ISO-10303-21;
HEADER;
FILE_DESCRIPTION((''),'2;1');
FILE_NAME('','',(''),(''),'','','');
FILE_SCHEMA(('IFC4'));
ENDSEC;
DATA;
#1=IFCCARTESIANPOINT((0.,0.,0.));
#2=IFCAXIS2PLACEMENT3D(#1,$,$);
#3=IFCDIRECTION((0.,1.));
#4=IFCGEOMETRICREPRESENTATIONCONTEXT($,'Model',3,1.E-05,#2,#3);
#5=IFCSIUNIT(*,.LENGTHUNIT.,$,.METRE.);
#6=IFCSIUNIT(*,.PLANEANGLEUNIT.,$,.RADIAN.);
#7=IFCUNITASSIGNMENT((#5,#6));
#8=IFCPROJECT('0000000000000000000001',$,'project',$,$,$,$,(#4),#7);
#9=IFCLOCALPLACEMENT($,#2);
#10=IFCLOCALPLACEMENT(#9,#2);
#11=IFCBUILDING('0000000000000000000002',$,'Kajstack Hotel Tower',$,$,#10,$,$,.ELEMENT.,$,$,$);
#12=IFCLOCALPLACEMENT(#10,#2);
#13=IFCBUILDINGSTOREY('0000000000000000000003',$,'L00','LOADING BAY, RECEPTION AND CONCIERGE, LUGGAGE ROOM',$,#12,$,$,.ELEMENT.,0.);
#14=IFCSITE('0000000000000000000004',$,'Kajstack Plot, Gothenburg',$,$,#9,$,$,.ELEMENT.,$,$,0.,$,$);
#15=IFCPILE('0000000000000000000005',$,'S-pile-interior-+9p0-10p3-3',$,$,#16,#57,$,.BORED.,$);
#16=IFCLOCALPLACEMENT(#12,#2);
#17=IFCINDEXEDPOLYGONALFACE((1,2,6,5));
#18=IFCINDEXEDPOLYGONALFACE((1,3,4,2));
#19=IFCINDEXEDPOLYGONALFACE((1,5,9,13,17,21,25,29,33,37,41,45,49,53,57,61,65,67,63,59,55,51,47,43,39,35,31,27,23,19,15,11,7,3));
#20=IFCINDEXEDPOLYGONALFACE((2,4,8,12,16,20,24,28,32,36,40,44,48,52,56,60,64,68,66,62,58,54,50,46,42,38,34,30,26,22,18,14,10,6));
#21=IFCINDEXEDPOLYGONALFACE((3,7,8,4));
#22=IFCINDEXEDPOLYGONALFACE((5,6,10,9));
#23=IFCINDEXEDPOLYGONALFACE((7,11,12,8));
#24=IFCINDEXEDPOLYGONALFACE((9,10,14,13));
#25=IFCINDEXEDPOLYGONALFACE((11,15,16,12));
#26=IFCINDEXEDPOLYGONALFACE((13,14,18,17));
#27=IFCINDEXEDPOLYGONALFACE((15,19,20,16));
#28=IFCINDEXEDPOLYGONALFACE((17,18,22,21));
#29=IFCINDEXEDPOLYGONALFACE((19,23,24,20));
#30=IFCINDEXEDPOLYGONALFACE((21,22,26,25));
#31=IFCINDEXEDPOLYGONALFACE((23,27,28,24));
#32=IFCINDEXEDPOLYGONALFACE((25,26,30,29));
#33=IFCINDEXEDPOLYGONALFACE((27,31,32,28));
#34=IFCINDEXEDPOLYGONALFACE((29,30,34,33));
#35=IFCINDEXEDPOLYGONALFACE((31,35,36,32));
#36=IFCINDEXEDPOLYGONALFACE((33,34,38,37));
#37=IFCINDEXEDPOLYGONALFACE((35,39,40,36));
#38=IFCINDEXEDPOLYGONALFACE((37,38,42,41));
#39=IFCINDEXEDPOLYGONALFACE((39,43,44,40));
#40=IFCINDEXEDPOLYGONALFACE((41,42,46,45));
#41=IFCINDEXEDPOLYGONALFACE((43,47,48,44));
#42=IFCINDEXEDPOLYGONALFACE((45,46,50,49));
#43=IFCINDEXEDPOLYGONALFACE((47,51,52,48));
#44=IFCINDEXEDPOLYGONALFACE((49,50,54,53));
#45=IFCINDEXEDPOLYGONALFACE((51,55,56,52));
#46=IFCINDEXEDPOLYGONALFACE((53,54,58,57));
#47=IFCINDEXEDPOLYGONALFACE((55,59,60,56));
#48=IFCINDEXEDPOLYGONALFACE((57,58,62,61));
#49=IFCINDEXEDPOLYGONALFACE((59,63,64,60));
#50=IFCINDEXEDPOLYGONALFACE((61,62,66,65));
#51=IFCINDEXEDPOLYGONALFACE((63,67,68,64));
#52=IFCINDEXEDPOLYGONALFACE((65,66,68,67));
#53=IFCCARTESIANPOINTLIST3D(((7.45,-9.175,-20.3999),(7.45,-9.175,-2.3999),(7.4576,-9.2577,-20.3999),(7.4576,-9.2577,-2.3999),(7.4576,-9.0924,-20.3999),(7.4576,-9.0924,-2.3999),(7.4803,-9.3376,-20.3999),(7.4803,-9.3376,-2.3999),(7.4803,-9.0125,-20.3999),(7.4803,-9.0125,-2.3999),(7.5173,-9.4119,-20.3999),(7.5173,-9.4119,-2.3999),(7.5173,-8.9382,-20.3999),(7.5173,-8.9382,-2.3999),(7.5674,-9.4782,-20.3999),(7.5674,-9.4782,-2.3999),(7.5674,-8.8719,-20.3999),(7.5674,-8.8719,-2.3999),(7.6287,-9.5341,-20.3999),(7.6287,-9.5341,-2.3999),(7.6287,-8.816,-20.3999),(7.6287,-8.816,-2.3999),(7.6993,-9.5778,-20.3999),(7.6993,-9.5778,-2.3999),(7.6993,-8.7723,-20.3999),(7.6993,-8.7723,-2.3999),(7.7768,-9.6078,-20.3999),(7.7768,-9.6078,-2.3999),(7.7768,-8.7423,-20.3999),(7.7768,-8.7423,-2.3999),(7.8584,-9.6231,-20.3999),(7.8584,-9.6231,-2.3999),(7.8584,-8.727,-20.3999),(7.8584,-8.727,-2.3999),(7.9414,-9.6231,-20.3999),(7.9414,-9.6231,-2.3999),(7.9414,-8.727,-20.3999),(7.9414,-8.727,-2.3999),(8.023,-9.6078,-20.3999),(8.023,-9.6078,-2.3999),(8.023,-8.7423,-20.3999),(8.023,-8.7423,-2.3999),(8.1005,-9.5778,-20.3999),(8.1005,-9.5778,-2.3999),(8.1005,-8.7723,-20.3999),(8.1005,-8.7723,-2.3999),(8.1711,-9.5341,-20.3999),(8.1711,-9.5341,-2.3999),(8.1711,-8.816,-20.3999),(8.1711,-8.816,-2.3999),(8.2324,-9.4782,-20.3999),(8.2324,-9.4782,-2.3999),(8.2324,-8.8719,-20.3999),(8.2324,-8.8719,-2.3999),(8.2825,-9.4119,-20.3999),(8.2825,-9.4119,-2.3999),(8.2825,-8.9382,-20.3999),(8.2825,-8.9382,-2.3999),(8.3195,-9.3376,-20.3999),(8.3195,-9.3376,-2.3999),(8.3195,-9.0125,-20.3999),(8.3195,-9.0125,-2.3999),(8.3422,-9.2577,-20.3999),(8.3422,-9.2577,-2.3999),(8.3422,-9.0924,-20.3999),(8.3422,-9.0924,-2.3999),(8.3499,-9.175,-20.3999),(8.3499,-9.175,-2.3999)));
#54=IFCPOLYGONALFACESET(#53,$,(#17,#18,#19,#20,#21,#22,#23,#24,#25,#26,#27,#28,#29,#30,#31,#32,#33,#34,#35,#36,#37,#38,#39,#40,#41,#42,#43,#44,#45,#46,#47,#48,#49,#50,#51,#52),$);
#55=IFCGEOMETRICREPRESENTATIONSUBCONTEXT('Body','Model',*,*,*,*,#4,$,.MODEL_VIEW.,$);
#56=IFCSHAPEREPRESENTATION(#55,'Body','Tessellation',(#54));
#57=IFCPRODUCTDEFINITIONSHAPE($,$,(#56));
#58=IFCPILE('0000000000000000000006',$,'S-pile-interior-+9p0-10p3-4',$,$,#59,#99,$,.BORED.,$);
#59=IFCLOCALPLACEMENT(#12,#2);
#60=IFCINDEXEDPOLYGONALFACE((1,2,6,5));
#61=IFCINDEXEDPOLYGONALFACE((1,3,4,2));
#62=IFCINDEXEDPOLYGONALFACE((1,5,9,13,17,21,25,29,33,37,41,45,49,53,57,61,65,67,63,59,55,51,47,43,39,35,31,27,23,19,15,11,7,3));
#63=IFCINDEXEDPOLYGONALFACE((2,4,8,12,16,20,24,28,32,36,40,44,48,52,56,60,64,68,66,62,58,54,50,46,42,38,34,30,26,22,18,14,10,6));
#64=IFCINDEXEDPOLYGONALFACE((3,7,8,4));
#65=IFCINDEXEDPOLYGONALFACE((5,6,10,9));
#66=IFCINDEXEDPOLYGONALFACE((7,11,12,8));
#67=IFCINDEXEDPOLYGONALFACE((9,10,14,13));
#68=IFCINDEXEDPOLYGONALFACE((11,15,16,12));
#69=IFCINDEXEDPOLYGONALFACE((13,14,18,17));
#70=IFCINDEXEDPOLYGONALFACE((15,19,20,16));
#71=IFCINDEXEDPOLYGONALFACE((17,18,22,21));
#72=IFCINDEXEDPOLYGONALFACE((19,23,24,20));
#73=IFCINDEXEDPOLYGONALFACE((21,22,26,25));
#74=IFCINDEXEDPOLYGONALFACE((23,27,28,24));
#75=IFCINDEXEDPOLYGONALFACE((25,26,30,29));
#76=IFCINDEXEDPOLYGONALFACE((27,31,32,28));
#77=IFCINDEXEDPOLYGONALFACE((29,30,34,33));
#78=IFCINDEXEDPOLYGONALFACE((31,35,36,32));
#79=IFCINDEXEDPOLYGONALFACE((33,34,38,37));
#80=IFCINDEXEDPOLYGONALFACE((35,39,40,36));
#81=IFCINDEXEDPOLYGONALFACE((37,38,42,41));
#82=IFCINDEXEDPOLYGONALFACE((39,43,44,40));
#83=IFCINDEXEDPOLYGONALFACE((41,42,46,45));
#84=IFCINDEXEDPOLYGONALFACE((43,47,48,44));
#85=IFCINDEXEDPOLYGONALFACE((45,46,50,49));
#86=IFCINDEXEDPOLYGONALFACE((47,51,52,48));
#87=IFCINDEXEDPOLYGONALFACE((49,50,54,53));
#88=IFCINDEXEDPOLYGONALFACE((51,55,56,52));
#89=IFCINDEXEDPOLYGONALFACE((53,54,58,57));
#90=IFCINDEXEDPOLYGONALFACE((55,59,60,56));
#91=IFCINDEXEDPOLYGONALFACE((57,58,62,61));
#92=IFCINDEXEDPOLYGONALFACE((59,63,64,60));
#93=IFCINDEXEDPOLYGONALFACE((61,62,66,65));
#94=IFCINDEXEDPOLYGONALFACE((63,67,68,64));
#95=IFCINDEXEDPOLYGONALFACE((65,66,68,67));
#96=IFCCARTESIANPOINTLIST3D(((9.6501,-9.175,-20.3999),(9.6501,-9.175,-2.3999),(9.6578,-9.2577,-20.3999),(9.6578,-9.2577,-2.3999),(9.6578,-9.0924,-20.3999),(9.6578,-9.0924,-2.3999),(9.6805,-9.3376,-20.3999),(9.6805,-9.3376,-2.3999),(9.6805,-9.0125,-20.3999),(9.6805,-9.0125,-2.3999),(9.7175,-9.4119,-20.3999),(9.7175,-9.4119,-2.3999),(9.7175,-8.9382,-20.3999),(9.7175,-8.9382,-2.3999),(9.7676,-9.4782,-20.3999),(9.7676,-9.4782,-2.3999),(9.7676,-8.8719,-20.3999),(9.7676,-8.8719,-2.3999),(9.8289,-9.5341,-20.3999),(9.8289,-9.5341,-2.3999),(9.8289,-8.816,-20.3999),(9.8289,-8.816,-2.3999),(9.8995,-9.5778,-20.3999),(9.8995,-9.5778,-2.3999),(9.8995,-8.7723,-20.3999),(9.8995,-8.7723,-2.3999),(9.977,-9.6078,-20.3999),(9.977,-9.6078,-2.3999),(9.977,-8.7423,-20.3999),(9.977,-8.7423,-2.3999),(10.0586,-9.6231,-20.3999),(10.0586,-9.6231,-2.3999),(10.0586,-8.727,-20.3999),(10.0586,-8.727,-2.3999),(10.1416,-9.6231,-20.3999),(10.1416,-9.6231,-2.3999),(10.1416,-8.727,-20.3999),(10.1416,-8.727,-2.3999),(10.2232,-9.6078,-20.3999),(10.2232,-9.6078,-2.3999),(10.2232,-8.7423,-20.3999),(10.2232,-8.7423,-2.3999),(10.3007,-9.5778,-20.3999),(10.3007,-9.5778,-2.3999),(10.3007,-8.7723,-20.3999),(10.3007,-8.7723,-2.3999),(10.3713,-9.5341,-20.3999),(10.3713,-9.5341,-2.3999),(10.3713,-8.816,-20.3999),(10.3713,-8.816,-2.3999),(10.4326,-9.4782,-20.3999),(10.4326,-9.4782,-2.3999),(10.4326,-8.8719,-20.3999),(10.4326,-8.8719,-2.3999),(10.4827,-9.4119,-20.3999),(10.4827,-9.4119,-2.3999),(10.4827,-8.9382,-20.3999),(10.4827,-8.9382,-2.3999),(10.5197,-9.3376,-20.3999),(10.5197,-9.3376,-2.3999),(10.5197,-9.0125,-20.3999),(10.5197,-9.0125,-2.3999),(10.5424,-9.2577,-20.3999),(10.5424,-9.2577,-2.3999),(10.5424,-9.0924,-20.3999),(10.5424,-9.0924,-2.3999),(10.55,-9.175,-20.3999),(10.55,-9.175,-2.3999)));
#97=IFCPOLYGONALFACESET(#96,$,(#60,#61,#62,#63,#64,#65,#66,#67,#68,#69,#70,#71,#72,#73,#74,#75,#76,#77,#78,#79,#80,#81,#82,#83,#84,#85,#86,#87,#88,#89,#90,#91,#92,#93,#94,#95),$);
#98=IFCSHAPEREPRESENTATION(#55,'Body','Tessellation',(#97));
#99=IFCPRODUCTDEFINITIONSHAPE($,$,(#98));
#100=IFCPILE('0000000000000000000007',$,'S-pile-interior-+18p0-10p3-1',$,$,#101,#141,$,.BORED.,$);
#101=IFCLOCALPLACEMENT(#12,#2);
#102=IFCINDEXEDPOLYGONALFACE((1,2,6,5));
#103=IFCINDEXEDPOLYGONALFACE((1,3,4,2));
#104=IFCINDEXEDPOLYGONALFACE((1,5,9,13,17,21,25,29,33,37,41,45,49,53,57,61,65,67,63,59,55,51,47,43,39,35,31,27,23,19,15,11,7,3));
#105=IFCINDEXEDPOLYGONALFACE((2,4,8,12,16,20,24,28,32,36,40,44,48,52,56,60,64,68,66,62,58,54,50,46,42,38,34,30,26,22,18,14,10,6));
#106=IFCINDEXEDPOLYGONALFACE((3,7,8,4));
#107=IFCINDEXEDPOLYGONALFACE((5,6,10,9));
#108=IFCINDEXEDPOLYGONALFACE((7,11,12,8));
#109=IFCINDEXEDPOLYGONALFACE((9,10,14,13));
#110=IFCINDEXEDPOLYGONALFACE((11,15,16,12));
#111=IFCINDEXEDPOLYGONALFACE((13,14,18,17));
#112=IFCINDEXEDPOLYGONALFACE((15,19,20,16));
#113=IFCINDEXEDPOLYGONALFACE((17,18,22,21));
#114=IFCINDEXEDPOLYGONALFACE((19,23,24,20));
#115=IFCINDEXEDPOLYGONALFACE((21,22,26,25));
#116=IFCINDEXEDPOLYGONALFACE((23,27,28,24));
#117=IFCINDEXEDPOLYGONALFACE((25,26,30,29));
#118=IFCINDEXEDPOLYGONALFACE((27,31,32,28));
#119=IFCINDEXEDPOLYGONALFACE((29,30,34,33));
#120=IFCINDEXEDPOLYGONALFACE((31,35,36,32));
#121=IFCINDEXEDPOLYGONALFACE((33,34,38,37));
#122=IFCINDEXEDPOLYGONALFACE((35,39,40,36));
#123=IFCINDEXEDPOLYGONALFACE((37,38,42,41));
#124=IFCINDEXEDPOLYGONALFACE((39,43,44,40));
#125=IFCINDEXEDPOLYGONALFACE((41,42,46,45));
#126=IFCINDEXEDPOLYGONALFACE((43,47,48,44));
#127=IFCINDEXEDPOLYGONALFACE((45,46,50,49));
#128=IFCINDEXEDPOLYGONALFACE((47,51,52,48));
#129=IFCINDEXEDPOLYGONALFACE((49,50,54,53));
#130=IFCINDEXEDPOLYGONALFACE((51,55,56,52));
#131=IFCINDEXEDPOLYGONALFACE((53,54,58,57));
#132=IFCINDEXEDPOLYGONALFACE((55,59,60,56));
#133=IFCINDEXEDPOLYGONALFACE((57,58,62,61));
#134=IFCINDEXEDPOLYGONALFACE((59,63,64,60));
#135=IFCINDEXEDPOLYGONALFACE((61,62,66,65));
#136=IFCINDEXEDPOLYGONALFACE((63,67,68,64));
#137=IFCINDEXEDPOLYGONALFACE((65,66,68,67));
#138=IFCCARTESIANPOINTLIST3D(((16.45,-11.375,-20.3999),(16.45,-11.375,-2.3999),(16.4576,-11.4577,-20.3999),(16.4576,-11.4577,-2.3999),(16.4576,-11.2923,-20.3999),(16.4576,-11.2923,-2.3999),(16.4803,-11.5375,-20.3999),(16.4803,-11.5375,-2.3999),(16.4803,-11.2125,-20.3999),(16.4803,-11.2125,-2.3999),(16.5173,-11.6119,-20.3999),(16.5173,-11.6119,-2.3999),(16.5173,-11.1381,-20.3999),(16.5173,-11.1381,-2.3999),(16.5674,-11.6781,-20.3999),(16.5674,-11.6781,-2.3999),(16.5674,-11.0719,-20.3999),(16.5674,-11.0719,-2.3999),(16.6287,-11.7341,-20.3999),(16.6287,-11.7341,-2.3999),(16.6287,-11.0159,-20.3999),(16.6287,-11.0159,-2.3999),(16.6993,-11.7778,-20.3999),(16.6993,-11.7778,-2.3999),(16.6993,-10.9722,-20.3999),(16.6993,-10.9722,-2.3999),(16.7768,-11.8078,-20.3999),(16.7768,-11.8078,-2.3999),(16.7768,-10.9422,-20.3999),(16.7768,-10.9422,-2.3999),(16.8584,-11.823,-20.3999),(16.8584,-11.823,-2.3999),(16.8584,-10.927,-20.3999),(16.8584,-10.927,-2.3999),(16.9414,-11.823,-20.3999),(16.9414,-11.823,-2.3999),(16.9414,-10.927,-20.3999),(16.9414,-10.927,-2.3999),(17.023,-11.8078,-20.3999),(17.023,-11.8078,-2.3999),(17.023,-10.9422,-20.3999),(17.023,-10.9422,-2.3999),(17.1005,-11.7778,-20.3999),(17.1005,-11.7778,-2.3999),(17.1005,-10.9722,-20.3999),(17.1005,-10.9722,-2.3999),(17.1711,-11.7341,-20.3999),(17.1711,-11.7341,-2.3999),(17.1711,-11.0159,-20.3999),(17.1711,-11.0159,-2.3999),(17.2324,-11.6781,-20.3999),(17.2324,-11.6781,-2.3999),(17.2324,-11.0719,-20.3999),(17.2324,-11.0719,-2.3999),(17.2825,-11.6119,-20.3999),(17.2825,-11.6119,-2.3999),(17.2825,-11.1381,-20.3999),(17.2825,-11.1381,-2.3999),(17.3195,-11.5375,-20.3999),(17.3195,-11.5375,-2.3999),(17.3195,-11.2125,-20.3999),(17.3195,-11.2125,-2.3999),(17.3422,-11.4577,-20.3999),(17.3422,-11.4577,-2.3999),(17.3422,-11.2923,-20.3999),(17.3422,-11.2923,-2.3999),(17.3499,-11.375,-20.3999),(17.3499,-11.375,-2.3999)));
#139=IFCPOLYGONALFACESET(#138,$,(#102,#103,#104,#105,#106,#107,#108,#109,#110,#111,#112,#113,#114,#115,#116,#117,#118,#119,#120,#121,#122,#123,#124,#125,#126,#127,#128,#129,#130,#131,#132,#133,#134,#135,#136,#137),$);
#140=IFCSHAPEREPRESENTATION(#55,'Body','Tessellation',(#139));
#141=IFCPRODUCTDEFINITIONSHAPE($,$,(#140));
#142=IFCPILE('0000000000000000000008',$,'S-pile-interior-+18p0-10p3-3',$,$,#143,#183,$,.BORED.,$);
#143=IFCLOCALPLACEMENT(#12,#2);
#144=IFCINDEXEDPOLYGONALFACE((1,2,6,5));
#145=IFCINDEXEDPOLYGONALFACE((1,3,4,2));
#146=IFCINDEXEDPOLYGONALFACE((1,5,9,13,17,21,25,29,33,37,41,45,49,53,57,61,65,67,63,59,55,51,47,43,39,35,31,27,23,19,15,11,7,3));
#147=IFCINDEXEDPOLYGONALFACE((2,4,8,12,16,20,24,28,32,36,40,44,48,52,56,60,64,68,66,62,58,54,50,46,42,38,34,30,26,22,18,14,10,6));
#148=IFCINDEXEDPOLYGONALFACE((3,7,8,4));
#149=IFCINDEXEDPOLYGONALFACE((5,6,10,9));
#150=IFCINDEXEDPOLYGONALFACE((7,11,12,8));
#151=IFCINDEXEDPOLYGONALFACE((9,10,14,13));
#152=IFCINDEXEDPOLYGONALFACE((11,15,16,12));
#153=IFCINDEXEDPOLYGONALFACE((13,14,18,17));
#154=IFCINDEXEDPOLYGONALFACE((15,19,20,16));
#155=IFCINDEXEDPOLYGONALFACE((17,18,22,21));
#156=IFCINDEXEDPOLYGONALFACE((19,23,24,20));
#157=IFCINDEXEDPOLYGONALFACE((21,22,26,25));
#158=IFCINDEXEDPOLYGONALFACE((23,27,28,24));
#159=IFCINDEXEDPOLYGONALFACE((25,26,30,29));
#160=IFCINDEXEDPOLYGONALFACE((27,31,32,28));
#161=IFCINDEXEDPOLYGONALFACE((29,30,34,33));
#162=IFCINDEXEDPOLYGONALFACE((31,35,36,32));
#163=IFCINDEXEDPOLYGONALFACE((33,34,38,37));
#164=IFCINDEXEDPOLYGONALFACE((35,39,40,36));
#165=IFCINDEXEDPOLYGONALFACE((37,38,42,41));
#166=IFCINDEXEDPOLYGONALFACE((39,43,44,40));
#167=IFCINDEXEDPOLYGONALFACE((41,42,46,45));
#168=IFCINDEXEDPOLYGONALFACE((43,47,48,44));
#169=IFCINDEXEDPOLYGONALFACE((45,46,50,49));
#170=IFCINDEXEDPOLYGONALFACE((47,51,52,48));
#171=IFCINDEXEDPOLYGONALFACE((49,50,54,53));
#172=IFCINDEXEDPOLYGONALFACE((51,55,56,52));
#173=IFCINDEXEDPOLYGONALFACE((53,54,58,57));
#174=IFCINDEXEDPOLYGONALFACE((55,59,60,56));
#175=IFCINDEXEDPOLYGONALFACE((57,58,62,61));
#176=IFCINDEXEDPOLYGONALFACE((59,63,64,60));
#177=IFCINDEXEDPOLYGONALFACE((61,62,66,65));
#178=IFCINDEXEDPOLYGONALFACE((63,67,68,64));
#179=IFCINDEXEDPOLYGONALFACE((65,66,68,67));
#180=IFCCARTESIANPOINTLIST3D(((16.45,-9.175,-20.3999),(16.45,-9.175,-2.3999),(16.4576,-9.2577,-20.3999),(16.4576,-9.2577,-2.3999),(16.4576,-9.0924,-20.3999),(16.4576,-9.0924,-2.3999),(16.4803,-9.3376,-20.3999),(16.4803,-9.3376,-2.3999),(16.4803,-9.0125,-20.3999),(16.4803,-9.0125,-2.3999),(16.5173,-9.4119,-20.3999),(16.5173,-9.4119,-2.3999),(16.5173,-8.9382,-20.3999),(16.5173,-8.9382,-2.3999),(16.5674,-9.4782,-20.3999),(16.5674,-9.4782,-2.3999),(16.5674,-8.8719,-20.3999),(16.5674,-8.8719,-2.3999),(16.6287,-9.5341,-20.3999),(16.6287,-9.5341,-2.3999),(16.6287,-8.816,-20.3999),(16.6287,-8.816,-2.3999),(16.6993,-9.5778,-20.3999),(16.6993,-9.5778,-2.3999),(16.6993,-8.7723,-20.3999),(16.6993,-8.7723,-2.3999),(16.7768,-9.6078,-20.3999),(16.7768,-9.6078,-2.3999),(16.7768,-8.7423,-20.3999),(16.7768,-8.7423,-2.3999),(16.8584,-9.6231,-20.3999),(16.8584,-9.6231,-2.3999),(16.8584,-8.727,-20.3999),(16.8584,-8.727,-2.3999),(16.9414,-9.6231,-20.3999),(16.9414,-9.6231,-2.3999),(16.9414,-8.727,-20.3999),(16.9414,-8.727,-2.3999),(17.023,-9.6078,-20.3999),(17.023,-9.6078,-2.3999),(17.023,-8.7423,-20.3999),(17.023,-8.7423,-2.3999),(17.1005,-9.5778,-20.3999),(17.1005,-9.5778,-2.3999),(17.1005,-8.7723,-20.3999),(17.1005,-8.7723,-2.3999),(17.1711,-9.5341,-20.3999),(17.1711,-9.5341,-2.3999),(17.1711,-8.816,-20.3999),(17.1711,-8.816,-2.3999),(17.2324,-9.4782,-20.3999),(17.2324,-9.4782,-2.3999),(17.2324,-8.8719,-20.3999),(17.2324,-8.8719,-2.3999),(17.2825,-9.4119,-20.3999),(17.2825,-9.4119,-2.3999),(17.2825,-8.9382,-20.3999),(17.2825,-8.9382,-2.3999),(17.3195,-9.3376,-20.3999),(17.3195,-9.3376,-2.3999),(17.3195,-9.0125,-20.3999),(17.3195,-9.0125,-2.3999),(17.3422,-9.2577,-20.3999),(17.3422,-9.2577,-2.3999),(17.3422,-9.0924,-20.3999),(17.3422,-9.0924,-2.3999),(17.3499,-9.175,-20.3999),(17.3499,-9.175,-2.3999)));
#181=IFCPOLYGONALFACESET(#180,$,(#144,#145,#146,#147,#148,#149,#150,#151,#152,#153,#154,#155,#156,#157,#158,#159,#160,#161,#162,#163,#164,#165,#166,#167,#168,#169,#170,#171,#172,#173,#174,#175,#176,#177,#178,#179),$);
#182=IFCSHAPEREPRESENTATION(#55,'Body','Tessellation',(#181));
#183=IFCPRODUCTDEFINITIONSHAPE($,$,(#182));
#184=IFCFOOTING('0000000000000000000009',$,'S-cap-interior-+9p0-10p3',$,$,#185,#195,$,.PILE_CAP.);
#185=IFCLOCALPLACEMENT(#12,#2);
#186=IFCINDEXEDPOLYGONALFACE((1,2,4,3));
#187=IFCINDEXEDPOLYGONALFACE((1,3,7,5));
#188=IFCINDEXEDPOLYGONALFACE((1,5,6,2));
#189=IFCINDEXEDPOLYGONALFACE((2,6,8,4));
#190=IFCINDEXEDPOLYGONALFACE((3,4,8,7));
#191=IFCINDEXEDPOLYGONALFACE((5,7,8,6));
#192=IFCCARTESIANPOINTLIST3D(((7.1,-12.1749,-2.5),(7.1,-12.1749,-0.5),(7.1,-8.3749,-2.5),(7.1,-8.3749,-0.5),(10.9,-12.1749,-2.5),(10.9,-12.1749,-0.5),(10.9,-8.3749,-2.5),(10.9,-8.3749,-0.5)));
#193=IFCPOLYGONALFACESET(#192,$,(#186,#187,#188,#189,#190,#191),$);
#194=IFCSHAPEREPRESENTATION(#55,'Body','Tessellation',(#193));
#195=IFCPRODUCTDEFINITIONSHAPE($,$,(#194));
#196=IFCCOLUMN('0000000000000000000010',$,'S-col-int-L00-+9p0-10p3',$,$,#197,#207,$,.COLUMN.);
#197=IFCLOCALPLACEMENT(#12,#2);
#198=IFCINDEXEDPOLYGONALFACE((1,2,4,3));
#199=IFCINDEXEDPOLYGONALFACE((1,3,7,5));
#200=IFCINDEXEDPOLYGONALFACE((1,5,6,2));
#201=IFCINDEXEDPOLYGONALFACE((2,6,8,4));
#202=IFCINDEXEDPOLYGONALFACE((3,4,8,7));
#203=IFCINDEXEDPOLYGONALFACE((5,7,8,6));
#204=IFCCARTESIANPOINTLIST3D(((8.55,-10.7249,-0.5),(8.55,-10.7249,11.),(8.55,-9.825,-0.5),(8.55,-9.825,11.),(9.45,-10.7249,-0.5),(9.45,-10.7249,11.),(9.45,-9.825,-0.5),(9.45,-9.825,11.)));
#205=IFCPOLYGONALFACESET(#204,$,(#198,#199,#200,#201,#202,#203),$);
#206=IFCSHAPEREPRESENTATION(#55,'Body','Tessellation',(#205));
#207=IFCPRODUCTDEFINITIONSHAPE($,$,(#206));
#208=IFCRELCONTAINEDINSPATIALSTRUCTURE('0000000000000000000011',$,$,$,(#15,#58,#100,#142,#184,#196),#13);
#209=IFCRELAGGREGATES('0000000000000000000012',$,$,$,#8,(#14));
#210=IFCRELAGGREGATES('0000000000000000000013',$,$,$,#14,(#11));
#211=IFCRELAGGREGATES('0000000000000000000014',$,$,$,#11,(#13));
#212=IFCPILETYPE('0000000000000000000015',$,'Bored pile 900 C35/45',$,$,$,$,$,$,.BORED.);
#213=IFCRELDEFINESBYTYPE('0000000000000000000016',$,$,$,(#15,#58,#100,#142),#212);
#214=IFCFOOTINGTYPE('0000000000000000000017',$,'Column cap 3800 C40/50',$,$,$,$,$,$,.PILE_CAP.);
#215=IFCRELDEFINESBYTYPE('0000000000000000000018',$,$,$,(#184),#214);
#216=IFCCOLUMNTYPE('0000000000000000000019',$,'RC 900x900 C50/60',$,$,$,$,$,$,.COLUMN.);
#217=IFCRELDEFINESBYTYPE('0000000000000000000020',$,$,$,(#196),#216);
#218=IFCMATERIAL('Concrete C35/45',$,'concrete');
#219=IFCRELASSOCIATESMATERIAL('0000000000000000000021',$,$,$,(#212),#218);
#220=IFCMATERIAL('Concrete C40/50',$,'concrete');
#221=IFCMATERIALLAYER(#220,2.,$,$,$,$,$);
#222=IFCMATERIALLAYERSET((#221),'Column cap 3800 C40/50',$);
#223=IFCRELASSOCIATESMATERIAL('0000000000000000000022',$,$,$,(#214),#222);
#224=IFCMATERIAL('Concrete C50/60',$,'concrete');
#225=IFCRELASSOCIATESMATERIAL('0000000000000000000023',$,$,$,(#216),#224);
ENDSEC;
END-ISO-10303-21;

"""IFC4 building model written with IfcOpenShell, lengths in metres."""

from ifc_helpers import new_model, si_unit, direction, frame, origin, origin_2d, place, context, subcontext, project, spatial, rectangle, circle, extrude, material, layer, layer_set, material_profile, profile_set, type_object, element, save


model = new_model("IFC4")

# Units and contexts
model_context = context("Model", 3, precision=1e-05, world=origin(), true_north=direction((0.0, 1.0)))
body_context = subcontext(model_context, "Body", "Model", "MODEL_VIEW")
ifc_project = project(units=[si_unit("LENGTHUNIT", "METRE"), si_unit("PLANEANGLEUNIT", "RADIAN")], contexts=[model_context])

# Site, building, storey
site_placement = place(None, origin())
site = spatial("IfcSite", under=ifc_project, at=site_placement, Name="Kajstack Plot, Gothenburg", CompositionType="ELEMENT", RefElevation=0.0)
building_placement = place(site_placement, origin())
building = spatial("IfcBuilding", under=site, at=building_placement, Name="Kajstack Hotel Tower", CompositionType="ELEMENT")
storey_placement = place(building_placement, origin())
storey = spatial("IfcBuildingStorey", under=building, at=storey_placement, Name="L00", Description="LOADING BAY, RECEPTION AND CONCIERGE, LUGGAGE ROOM", CompositionType="ELEMENT", Elevation=0.0)

# Piles
ifc_material_1 = material(Name="Concrete C35/45", Category="concrete")
ifc_material_profile_1 = material_profile(ifc_material_1, circle(Radius=0.45, at=origin_2d()), Name="RC round 900")
ifc_profile_set_1 = profile_set([ifc_material_profile_1], Name="Concrete C35/45")
pile_type = type_object("IfcPileType", Name="Bored pile 900 C35/45", PredefinedType="BORED", material=ifc_profile_set_1)
for number, where, z_axis, x_axis, name in (
    (1, (7.8999, -9.175, -2.3999), (0.0, 0.0, -1.0), (1.0, 0.0, 0.0), "S-pile-interior-+9p0-10p3-3"),
    (2, (10.1001, -9.175, -2.3999), (0.0, 0.0, -1.0), (1.0, 0.0, 0.0), "S-pile-interior-+9p0-10p3-4"),
    (3, (16.8999, -11.375, -2.3999), (0.0, 0.0, -1.0), (1.0, 0.0, 0.0), "S-pile-interior-+18p0-10p3-1"),
    (4, (16.8999, -9.175, -2.3999), (0.0, 0.0, -1.0), (1.0, 0.0, 0.0), "S-pile-interior-+18p0-10p3-3"),
):
    element("IfcPile", number, at=place(storey_placement, frame(where, z_axis=z_axis, x_axis=x_axis)), inside=storey, type_object=pile_type, Name=name, PredefinedType="BORED", context=body_context, shape_type="SweptSolid", body=[
        extrude(circle(Radius=0.45, at=origin_2d()), origin(), (0.0, 0.0, 1.0), 18.0),
    ])

# Footing
ifc_material_2 = material(Name="Concrete C40/50", Category="concrete")
ifc_layer_1 = layer(ifc_material_2, 2.0)
ifc_layer_set_1 = layer_set([ifc_layer_1], Name="Column cap 3800 C40/50")
footing_type = type_object("IfcFootingType", Name="Column cap 3800 C40/50", PredefinedType="PILE_CAP", material=ifc_layer_set_1)
footing_placement = place(storey_placement, frame((9.0, -10.2749, -2.5), z_axis=(0.0, 0.0, 1.0), x_axis=(1.0, 0.0, 0.0)))
element("IfcFooting", 5, at=footing_placement, inside=storey, type_object=footing_type, Name="S-cap-interior-+9p0-10p3", PredefinedType="PILE_CAP", context=body_context, shape_type="SweptSolid", body=[
    extrude(rectangle(XDim=3.8, YDim=3.8, at=origin_2d()), origin(), (0.0, 0.0, 1.0), 2.0),
])

# Column
ifc_material_3 = material(Name="Concrete C50/60", Category="concrete")
ifc_material_profile_2 = material_profile(ifc_material_3, rectangle(XDim=0.8999, YDim=0.8999, at=origin_2d()), Name="RC 900x900")
ifc_profile_set_2 = profile_set([ifc_material_profile_2], Name="Concrete C50/60")
column_type = type_object("IfcColumnType", Name="RC 900x900 C50/60", PredefinedType="COLUMN", material=ifc_profile_set_2)
column_placement = place(storey_placement, frame((9.0, -10.2749, -0.5), z_axis=(0.0, 0.0, 1.0), x_axis=(1.0, 0.0, 0.0)))
element("IfcColumn", 6, at=column_placement, inside=storey, type_object=column_type, Name="S-col-int-L00-+9p0-10p3", PredefinedType="COLUMN", context=body_context, shape_type="SweptSolid", body=[
    extrude(rectangle(XDim=0.8999, YDim=0.8999, at=origin_2d()), origin(), (0.0, 0.0, 1.0), 11.5),
])

save(model, "model.ifc")
